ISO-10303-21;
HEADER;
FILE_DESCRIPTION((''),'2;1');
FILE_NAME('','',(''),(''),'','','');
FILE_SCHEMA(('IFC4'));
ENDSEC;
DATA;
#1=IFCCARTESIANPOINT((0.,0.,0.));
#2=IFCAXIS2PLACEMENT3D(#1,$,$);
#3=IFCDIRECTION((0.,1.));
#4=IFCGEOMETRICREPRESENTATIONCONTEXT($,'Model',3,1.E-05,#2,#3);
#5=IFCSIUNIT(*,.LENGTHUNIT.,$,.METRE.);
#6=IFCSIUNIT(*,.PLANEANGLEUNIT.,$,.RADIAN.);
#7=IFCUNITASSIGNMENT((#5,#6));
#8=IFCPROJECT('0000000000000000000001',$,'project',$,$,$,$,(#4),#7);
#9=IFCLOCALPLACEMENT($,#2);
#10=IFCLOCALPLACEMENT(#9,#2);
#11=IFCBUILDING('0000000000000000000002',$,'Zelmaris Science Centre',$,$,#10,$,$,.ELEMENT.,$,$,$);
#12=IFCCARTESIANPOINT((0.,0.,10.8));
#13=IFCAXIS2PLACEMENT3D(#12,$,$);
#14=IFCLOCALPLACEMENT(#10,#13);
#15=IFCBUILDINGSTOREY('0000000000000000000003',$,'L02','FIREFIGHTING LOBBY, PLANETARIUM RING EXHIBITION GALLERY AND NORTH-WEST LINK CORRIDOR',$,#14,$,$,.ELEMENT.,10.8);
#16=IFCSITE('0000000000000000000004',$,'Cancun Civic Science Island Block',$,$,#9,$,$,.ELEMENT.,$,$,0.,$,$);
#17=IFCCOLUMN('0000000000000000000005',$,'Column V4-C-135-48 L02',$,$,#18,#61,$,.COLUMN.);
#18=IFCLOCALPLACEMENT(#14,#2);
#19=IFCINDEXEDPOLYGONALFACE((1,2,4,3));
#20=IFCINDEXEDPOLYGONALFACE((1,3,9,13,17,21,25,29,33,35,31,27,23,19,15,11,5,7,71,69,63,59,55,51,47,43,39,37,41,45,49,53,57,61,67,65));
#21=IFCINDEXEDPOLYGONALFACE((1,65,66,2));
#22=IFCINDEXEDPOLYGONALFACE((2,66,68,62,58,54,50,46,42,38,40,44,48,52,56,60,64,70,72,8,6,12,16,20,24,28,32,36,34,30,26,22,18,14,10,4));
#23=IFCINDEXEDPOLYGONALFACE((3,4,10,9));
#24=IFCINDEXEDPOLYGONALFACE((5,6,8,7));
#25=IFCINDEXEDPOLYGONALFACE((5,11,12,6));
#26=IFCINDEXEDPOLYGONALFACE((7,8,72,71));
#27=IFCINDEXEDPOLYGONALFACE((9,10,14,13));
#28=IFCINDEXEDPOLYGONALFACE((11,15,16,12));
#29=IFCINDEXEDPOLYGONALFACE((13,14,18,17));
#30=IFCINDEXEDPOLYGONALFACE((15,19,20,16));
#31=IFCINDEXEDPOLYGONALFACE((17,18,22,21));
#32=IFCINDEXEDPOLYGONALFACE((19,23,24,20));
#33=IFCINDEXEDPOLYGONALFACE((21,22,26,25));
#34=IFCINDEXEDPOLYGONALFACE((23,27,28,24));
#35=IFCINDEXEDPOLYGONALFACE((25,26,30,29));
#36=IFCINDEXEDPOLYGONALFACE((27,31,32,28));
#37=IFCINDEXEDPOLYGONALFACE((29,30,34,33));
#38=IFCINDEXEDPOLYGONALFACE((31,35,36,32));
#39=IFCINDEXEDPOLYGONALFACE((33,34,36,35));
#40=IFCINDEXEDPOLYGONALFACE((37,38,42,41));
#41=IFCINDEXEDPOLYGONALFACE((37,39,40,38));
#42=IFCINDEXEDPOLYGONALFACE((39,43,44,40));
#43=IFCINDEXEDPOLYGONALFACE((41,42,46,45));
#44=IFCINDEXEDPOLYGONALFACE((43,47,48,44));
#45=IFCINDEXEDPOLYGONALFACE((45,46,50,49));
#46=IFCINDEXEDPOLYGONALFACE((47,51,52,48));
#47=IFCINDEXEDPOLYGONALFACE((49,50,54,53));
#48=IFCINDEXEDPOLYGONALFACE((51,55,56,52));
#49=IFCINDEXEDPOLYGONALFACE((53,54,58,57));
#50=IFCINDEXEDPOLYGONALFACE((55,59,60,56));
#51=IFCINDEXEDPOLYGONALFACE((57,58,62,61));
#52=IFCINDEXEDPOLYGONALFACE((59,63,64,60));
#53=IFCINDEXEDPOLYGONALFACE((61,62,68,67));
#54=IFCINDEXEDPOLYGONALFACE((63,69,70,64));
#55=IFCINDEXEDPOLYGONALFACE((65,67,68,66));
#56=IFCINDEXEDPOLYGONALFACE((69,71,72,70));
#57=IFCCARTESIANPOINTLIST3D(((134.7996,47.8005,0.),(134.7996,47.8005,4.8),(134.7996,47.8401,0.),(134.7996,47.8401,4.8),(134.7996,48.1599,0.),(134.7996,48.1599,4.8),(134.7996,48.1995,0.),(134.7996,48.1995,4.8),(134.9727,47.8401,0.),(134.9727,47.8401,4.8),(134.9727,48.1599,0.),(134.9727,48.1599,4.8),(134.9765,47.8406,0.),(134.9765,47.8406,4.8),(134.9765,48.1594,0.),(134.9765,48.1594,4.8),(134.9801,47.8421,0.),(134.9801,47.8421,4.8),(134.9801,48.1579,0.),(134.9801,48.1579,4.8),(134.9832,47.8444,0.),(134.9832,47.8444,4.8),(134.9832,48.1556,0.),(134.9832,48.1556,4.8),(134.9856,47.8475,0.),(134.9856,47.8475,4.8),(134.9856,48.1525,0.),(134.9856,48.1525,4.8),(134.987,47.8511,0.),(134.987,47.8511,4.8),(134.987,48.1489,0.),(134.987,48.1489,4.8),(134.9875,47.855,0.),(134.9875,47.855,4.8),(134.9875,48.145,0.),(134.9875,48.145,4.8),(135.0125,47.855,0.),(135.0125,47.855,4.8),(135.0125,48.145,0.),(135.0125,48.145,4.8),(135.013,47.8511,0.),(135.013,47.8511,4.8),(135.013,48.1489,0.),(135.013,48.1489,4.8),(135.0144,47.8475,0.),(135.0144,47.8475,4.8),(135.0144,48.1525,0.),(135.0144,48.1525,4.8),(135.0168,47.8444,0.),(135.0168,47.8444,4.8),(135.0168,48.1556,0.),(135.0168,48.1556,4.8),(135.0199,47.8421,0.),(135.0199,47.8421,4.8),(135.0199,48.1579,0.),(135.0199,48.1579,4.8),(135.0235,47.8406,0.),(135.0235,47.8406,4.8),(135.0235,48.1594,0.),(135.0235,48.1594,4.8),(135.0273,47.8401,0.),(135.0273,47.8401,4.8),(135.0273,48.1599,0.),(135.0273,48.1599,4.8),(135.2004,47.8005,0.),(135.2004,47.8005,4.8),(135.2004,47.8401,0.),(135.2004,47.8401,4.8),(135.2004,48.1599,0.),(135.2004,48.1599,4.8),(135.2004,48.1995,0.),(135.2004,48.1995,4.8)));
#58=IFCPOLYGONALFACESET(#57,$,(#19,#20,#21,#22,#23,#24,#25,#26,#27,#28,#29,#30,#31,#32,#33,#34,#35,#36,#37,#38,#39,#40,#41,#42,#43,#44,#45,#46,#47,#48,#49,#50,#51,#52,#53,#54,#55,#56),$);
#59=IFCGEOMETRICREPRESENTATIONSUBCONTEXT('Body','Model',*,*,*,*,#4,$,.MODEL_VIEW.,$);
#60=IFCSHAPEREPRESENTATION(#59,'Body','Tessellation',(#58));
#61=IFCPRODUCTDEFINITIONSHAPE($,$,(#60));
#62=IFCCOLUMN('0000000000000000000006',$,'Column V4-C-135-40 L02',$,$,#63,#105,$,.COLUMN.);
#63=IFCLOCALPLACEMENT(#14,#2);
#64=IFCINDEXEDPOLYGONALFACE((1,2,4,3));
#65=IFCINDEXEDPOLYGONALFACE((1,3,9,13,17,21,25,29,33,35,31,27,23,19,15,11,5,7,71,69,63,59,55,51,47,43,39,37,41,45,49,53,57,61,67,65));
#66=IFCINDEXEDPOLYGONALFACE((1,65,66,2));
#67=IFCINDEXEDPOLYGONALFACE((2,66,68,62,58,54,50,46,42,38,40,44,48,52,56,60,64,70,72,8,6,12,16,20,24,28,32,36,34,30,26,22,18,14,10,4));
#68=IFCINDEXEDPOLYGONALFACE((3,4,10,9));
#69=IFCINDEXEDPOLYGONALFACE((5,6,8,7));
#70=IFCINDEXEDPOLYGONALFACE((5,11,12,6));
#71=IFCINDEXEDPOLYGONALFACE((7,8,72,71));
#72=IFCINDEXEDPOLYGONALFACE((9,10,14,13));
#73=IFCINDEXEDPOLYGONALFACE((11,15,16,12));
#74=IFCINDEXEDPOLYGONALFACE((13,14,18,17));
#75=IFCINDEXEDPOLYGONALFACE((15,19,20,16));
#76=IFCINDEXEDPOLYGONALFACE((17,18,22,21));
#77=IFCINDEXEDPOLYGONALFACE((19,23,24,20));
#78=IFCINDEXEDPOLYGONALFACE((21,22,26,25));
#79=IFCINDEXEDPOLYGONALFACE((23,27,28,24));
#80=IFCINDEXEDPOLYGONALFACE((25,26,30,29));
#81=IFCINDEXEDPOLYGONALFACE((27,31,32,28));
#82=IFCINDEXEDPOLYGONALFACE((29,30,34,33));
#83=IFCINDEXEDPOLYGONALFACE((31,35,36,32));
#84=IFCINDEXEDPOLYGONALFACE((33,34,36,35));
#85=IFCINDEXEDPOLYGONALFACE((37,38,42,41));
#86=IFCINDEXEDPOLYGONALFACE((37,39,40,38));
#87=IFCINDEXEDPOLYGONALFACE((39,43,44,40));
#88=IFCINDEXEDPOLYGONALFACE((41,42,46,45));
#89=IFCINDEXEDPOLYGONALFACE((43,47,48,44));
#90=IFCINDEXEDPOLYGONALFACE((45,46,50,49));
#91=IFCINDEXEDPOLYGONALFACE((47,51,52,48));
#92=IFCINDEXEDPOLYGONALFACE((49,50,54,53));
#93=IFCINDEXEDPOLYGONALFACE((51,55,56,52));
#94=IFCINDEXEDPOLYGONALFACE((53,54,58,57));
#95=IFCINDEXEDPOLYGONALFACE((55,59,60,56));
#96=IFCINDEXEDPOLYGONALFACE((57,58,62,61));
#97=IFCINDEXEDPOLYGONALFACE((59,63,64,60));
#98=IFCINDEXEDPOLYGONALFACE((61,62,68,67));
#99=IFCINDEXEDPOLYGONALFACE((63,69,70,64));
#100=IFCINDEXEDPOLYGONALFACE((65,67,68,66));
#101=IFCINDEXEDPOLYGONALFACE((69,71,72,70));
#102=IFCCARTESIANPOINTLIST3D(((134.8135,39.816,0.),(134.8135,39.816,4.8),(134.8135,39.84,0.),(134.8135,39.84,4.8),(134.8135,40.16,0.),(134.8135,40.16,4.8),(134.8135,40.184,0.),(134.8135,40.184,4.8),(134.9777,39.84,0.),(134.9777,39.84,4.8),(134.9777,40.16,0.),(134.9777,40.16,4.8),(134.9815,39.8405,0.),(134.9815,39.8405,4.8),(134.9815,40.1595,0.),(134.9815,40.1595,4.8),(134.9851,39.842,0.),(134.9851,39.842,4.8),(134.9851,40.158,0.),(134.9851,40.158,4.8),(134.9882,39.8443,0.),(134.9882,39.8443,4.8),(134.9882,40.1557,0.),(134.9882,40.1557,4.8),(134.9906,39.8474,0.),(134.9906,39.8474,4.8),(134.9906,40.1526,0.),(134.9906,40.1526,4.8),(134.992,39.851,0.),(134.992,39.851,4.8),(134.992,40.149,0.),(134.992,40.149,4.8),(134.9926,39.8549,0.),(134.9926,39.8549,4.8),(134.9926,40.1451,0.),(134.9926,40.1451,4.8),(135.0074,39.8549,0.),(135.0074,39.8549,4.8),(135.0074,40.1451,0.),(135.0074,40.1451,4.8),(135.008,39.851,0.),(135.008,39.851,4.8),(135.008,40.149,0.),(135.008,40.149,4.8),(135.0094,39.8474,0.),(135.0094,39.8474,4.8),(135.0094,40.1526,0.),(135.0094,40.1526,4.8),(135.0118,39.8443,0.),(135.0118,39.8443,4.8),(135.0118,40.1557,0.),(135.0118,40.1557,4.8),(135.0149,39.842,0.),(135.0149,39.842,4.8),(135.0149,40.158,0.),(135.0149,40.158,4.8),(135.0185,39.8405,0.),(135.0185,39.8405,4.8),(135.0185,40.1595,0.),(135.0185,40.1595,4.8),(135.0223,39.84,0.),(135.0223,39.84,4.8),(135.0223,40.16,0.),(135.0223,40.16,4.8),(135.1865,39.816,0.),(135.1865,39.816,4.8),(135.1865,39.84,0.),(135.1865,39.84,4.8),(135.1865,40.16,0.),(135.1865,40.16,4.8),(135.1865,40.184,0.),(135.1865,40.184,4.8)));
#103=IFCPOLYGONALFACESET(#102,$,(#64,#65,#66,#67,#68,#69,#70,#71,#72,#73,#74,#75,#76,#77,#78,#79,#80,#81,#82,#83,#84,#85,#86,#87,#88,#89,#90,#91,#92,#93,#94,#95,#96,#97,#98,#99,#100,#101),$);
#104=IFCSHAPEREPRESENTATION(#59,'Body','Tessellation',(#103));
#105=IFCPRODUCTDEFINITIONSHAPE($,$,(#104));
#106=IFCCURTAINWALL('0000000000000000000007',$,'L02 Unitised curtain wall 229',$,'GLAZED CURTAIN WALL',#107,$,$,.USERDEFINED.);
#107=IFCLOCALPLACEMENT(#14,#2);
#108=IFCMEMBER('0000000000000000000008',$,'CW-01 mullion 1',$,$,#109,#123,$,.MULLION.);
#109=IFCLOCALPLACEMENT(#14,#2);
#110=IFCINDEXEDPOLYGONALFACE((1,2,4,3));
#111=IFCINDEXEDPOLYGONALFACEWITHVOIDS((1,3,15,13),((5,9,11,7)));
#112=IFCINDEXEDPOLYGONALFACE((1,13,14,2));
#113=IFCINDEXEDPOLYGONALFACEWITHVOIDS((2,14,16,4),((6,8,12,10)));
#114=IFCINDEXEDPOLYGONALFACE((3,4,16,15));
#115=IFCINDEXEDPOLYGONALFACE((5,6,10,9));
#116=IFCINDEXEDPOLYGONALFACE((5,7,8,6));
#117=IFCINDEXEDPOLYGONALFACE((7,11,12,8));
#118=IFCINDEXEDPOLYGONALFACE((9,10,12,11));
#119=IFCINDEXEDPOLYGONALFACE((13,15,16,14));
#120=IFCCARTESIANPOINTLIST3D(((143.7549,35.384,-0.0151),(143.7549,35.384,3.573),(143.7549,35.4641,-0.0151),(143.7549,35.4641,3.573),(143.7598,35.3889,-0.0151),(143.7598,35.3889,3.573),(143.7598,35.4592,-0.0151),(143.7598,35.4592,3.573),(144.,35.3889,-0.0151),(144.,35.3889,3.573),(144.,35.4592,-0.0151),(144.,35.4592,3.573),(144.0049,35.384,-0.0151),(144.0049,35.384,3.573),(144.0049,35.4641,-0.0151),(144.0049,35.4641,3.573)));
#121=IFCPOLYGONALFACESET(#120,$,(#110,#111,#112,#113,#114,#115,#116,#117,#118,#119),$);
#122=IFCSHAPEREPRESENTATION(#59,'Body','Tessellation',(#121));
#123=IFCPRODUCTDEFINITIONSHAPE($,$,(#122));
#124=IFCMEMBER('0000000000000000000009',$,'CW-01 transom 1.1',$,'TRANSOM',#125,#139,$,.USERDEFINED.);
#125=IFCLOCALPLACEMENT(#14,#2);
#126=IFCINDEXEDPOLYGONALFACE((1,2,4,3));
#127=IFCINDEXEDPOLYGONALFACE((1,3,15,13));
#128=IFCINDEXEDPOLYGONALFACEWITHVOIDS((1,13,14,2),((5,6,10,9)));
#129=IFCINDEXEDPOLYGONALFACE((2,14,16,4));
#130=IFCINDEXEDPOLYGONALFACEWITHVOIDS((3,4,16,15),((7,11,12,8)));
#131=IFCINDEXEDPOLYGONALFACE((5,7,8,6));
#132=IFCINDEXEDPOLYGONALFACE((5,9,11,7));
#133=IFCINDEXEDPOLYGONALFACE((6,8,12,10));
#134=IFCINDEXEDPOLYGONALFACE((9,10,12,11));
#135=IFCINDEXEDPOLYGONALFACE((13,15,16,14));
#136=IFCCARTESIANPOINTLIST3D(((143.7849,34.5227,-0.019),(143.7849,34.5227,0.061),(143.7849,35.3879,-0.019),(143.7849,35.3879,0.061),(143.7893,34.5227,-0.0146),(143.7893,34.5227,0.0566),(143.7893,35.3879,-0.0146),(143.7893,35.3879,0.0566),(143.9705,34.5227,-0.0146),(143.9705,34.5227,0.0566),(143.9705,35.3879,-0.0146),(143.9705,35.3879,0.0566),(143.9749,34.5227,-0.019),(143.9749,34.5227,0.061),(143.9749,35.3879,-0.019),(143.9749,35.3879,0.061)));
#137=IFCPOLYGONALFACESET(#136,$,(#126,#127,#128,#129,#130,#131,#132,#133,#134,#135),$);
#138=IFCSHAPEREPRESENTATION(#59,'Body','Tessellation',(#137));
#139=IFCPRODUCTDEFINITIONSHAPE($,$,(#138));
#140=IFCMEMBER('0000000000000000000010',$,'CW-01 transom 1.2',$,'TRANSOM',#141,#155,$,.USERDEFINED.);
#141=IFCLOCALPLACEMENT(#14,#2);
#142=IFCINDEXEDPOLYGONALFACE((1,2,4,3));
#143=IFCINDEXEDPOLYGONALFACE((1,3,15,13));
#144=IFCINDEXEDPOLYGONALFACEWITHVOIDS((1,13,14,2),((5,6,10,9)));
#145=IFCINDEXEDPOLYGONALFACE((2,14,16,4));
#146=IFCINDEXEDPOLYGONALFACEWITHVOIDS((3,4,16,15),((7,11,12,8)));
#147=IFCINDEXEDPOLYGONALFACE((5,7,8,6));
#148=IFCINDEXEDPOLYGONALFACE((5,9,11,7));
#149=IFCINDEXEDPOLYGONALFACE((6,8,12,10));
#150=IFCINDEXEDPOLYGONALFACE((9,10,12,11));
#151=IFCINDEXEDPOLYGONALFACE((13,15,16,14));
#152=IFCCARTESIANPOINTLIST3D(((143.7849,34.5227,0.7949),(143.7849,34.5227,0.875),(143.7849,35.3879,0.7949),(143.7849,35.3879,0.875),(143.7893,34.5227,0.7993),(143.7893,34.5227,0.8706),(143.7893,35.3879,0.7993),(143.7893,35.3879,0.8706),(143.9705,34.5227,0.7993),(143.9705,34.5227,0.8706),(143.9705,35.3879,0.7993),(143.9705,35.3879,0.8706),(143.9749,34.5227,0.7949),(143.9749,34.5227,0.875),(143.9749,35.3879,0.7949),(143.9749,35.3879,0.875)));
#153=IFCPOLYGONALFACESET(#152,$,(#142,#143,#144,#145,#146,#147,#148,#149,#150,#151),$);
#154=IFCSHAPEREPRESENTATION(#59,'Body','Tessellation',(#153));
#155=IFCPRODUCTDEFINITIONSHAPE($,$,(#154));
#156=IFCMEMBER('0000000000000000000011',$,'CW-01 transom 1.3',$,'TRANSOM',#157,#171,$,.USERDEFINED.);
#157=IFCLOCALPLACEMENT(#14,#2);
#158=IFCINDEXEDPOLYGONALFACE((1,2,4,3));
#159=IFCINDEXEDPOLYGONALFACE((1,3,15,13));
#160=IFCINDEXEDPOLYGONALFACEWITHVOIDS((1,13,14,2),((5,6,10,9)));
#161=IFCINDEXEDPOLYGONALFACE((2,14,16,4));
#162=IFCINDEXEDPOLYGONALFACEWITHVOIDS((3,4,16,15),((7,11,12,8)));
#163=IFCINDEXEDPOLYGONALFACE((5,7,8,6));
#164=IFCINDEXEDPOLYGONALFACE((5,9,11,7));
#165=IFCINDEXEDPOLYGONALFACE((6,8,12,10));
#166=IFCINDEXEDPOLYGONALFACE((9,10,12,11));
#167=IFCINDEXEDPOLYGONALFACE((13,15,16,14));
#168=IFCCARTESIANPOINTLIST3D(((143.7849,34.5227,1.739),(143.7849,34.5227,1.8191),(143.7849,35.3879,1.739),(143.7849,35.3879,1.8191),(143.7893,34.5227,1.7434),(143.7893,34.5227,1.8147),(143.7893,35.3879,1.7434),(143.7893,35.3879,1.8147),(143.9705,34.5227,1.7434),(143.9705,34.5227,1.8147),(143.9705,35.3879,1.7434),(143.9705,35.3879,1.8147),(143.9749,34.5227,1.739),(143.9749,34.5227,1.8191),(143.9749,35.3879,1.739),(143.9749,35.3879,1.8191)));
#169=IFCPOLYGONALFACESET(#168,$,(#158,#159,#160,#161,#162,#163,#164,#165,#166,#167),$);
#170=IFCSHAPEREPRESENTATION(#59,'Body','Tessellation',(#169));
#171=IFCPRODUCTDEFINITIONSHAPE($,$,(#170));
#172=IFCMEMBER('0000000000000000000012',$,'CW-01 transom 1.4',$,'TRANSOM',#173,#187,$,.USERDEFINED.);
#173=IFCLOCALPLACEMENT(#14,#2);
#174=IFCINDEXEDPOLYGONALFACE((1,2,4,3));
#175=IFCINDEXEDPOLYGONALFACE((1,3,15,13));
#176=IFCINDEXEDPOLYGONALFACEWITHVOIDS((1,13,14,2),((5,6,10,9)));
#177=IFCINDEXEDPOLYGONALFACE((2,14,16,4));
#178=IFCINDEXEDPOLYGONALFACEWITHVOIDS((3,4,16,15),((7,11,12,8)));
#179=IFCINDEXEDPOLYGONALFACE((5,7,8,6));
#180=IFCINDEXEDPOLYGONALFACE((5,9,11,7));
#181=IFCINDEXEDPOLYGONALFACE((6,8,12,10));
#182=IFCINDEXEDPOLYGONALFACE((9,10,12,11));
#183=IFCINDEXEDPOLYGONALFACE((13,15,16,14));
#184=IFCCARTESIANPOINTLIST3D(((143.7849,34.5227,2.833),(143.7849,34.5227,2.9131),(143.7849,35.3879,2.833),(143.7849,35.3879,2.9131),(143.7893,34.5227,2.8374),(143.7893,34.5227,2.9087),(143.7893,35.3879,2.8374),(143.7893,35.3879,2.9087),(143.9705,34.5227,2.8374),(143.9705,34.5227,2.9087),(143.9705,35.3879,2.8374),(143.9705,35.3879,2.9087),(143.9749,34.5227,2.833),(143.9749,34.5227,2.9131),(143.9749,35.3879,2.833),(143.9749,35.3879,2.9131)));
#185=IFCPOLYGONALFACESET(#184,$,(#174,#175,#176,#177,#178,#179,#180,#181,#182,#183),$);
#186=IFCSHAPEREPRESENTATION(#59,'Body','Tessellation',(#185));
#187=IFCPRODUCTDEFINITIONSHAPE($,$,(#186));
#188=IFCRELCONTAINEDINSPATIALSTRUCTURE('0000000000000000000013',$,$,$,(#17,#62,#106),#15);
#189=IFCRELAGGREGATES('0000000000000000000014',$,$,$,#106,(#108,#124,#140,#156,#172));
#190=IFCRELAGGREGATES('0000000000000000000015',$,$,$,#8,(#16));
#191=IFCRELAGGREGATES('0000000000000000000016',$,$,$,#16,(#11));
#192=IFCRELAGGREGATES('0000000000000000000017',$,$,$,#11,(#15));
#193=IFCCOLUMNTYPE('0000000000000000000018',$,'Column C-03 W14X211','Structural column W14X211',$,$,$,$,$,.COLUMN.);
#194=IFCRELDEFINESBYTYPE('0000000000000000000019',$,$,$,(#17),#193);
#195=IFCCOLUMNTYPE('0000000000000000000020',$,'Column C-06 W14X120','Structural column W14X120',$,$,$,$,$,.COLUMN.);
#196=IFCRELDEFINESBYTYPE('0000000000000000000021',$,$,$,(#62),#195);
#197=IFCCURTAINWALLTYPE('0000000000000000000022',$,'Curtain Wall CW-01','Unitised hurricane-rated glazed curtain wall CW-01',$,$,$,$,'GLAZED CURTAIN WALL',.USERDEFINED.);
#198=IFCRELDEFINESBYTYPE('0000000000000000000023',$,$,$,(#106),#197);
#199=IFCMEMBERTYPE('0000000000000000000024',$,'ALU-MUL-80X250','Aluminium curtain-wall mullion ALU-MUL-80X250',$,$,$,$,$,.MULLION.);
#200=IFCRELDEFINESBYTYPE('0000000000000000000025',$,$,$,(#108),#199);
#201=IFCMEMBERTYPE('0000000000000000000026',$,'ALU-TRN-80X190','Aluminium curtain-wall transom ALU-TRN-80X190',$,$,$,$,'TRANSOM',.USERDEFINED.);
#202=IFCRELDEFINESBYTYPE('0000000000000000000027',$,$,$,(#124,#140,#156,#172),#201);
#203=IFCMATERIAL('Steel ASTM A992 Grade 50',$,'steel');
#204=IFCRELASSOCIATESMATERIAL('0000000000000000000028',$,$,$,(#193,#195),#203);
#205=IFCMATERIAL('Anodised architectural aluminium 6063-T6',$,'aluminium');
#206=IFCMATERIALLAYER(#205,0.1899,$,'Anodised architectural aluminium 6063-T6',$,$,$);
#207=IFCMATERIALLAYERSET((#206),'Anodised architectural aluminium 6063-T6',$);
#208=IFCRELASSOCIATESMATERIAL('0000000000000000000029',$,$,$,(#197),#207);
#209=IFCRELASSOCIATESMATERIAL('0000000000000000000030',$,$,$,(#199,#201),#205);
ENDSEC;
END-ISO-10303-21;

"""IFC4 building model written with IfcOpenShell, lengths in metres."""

from ifc_helpers import new_model, si_unit, direction, frame, origin, origin_2d, place, context, subcontext, project, spatial, hollow_rectangle, i_section, extrude, material, layer, layer_set, material_profile, profile_set, type_object, element, aggregate, save


model = new_model("IFC4")

# Units and contexts
model_context = context("Model", 3, precision=1e-05, world=origin(), true_north=direction((0.0, 1.0)))
body_context = subcontext(model_context, "Body", "Model", "MODEL_VIEW")
ifc_project = project(units=[si_unit("LENGTHUNIT", "METRE"), si_unit("PLANEANGLEUNIT", "RADIAN")], contexts=[model_context])

# Site, building, storey
site_placement = place(None, origin())
site = spatial("IfcSite", under=ifc_project, at=site_placement, Name="Cancun Civic Science Island Block", CompositionType="ELEMENT", RefElevation=0.0)
building_placement = place(site_placement, origin())
building = spatial("IfcBuilding", under=site, at=building_placement, Name="Zelmaris Science Centre", CompositionType="ELEMENT")
storey_placement = place(building_placement, frame((0.0, 0.0, 10.8)))
storey = spatial("IfcBuildingStorey", under=building, at=storey_placement, Name="L02", Description="FIREFIGHTING LOBBY, PLANETARIUM RING EXHIBITION GALLERY AND NORTH-WEST LINK CORRIDOR", CompositionType="ELEMENT", Elevation=10.8)

# Columns
ifc_material_1 = material(Name="Steel ASTM A992 Grade 50", Category="steel")
ifc_material_profile_1 = material_profile(ifc_material_1, i_section(OverallWidth=0.4009, OverallDepth=0.3989, WebThickness=0.0249, FlangeThickness=0.0396, FilletRadius=0.0149, at=origin_2d()), Name="W14X211")
ifc_profile_set_1 = profile_set([ifc_material_profile_1], Name="Steel ASTM A992 Grade 50")
column_type_1 = type_object("IfcColumnType", Name="Column C-03 W14X211", Description="Structural column W14X211", PredefinedType="COLUMN", material=ifc_profile_set_1)
column_1_placement = place(storey_placement, frame((135.0, 48.0, 0.0), z_axis=(0.0, 0.0, 1.0), x_axis=(1.0, 0.0, 0.0)))
element("IfcColumn", 1, at=column_1_placement, inside=storey, type_object=column_type_1, Name="Column V4-C-135-48 L02", PredefinedType="COLUMN", context=body_context, shape_type="SweptSolid", body=[
    extrude(i_section(OverallWidth=0.4009, OverallDepth=0.3989, WebThickness=0.0249, FlangeThickness=0.0396, FilletRadius=0.0149, at=origin_2d()), origin(), (0.0, 0.0, 1.0), 4.8),
])
ifc_material_profile_2 = material_profile(ifc_material_1, i_section(OverallWidth=0.373, OverallDepth=0.3679, WebThickness=0.0149, FlangeThickness=0.0239, FilletRadius=0.0149, at=origin_2d()), Name="W14X120")
ifc_profile_set_2 = profile_set([ifc_material_profile_2], Name="Steel ASTM A992 Grade 50")
column_type_2 = type_object("IfcColumnType", Name="Column C-06 W14X120", Description="Structural column W14X120", PredefinedType="COLUMN", material=ifc_profile_set_2)
column_2_placement = place(storey_placement, frame((135.0, 40.0, 0.0), z_axis=(0.0, 0.0, 1.0), x_axis=(1.0, 0.0, 0.0)))
element("IfcColumn", 2, at=column_2_placement, inside=storey, type_object=column_type_2, Name="Column V4-C-135-40 L02", PredefinedType="COLUMN", context=body_context, shape_type="SweptSolid", body=[
    extrude(i_section(OverallWidth=0.373, OverallDepth=0.3679, WebThickness=0.0149, FlangeThickness=0.0239, FilletRadius=0.0149, at=origin_2d()), origin(), (0.0, 0.0, 1.0), 4.8),
])

# Curtain wall, members
ifc_material_2 = material(Name="Anodised architectural aluminium 6063-T6", Category="aluminium")
ifc_layer_1 = layer(ifc_material_2, 0.1899, Name="Anodised architectural aluminium 6063-T6")
ifc_layer_set_1 = layer_set([ifc_layer_1], Name="Anodised architectural aluminium 6063-T6")
curtain_wall_type = type_object("IfcCurtainWallType", Name="Curtain Wall CW-01", Description="Unitised hurricane-rated glazed curtain wall CW-01", ElementType="GLAZED CURTAIN WALL", PredefinedType="USERDEFINED", material=ifc_layer_set_1)
curtain_wall_placement = place(storey_placement, origin())
curtain_wall = element("IfcCurtainWall", 3, at=curtain_wall_placement, inside=storey, type_object=curtain_wall_type, Name="L02 Unitised curtain wall 229", ObjectType="GLAZED CURTAIN WALL", PredefinedType="USERDEFINED")
ifc_material_profile_3 = material_profile(ifc_material_2, hollow_rectangle(XDim=0.0801, YDim=0.25, WallThickness=0.0049, at=origin_2d()), Name="ALU-MUL-80X250")
ifc_profile_set_3 = profile_set([ifc_material_profile_3], Name="Anodised architectural aluminium 6063-T6")
member_type_1 = type_object("IfcMemberType", Name="ALU-MUL-80X250", Description="Aluminium curtain-wall mullion ALU-MUL-80X250", PredefinedType="MULLION", material=ifc_profile_set_3)
member_1_placement = place(storey_placement, frame((143.8799, 35.4241, -0.0151), z_axis=(0.0, 0.0, 1.0), x_axis=(0.0, -1.0, 0.0)))
member_1 = element("IfcMember", 4, at=member_1_placement, type_object=member_type_1, Name="CW-01 mullion 1", PredefinedType="MULLION", context=body_context, shape_type="SweptSolid", body=[
    extrude(hollow_rectangle(XDim=0.0801, YDim=0.25, WallThickness=0.0049, at=origin_2d()), origin(), (0.0, 0.0, 1.0), 3.5881),
])
ifc_material_profile_4 = material_profile(ifc_material_2, hollow_rectangle(XDim=0.0801, YDim=0.1899, WallThickness=0.0044, at=origin_2d()), Name="ALU-TRN-80X190")
ifc_profile_set_4 = profile_set([ifc_material_profile_4], Name="Anodised architectural aluminium 6063-T6")
member_type_2 = type_object("IfcMemberType", Name="ALU-TRN-80X190", Description="Aluminium curtain-wall transom ALU-TRN-80X190", ElementType="TRANSOM", PredefinedType="USERDEFINED", material=ifc_profile_set_4)
member_2_placement = place(storey_placement, frame((143.8799, 35.3879, 0.021), z_axis=(0.0, -1.0, 0.0), x_axis=(0.0, 0.0, 1.0)))
member_2 = element("IfcMember", 5, at=member_2_placement, type_object=member_type_2, Name="CW-01 transom 1.1", ObjectType="TRANSOM", PredefinedType="USERDEFINED", context=body_context, shape_type="SweptSolid", body=[
    extrude(hollow_rectangle(XDim=0.0801, YDim=0.1899, WallThickness=0.0044, at=origin_2d()), origin(), (0.0, 0.0, 1.0), 0.8652),
])
member_3_placement = place(storey_placement, frame((143.8799, 35.3879, 0.835), z_axis=(0.0, -1.0, 0.0), x_axis=(0.0, 0.0, 1.0)))
member_3 = element("IfcMember", 6, at=member_3_placement, type_object=member_type_2, Name="CW-01 transom 1.2", ObjectType="TRANSOM", PredefinedType="USERDEFINED", context=body_context, shape_type="SweptSolid", body=[
    extrude(hollow_rectangle(XDim=0.0801, YDim=0.1899, WallThickness=0.0044, at=origin_2d()), origin(), (0.0, 0.0, 1.0), 0.8652),
])
member_4_placement = place(storey_placement, frame((143.8799, 35.3879, 1.7791), z_axis=(0.0, -1.0, 0.0), x_axis=(0.0, 0.0, 1.0)))
member_4 = element("IfcMember", 7, at=member_4_placement, type_object=member_type_2, Name="CW-01 transom 1.3", ObjectType="TRANSOM", PredefinedType="USERDEFINED", context=body_context, shape_type="SweptSolid", body=[
    extrude(hollow_rectangle(XDim=0.0801, YDim=0.1899, WallThickness=0.0044, at=origin_2d()), origin(), (0.0, 0.0, 1.0), 0.8652),
])
member_5_placement = place(storey_placement, frame((143.8799, 35.3879, 2.873), z_axis=(0.0, -1.0, 0.0), x_axis=(0.0, 0.0, 1.0)))
member_5 = element("IfcMember", 8, at=member_5_placement, type_object=member_type_2, Name="CW-01 transom 1.4", ObjectType="TRANSOM", PredefinedType="USERDEFINED", context=body_context, shape_type="SweptSolid", body=[
    extrude(hollow_rectangle(XDim=0.0801, YDim=0.1899, WallThickness=0.0044, at=origin_2d()), origin(), (0.0, 0.0, 1.0), 0.8652),
])
aggregate(curtain_wall, [member_1, member_2, member_3, member_4, member_5])

save(model, "model.ifc")
